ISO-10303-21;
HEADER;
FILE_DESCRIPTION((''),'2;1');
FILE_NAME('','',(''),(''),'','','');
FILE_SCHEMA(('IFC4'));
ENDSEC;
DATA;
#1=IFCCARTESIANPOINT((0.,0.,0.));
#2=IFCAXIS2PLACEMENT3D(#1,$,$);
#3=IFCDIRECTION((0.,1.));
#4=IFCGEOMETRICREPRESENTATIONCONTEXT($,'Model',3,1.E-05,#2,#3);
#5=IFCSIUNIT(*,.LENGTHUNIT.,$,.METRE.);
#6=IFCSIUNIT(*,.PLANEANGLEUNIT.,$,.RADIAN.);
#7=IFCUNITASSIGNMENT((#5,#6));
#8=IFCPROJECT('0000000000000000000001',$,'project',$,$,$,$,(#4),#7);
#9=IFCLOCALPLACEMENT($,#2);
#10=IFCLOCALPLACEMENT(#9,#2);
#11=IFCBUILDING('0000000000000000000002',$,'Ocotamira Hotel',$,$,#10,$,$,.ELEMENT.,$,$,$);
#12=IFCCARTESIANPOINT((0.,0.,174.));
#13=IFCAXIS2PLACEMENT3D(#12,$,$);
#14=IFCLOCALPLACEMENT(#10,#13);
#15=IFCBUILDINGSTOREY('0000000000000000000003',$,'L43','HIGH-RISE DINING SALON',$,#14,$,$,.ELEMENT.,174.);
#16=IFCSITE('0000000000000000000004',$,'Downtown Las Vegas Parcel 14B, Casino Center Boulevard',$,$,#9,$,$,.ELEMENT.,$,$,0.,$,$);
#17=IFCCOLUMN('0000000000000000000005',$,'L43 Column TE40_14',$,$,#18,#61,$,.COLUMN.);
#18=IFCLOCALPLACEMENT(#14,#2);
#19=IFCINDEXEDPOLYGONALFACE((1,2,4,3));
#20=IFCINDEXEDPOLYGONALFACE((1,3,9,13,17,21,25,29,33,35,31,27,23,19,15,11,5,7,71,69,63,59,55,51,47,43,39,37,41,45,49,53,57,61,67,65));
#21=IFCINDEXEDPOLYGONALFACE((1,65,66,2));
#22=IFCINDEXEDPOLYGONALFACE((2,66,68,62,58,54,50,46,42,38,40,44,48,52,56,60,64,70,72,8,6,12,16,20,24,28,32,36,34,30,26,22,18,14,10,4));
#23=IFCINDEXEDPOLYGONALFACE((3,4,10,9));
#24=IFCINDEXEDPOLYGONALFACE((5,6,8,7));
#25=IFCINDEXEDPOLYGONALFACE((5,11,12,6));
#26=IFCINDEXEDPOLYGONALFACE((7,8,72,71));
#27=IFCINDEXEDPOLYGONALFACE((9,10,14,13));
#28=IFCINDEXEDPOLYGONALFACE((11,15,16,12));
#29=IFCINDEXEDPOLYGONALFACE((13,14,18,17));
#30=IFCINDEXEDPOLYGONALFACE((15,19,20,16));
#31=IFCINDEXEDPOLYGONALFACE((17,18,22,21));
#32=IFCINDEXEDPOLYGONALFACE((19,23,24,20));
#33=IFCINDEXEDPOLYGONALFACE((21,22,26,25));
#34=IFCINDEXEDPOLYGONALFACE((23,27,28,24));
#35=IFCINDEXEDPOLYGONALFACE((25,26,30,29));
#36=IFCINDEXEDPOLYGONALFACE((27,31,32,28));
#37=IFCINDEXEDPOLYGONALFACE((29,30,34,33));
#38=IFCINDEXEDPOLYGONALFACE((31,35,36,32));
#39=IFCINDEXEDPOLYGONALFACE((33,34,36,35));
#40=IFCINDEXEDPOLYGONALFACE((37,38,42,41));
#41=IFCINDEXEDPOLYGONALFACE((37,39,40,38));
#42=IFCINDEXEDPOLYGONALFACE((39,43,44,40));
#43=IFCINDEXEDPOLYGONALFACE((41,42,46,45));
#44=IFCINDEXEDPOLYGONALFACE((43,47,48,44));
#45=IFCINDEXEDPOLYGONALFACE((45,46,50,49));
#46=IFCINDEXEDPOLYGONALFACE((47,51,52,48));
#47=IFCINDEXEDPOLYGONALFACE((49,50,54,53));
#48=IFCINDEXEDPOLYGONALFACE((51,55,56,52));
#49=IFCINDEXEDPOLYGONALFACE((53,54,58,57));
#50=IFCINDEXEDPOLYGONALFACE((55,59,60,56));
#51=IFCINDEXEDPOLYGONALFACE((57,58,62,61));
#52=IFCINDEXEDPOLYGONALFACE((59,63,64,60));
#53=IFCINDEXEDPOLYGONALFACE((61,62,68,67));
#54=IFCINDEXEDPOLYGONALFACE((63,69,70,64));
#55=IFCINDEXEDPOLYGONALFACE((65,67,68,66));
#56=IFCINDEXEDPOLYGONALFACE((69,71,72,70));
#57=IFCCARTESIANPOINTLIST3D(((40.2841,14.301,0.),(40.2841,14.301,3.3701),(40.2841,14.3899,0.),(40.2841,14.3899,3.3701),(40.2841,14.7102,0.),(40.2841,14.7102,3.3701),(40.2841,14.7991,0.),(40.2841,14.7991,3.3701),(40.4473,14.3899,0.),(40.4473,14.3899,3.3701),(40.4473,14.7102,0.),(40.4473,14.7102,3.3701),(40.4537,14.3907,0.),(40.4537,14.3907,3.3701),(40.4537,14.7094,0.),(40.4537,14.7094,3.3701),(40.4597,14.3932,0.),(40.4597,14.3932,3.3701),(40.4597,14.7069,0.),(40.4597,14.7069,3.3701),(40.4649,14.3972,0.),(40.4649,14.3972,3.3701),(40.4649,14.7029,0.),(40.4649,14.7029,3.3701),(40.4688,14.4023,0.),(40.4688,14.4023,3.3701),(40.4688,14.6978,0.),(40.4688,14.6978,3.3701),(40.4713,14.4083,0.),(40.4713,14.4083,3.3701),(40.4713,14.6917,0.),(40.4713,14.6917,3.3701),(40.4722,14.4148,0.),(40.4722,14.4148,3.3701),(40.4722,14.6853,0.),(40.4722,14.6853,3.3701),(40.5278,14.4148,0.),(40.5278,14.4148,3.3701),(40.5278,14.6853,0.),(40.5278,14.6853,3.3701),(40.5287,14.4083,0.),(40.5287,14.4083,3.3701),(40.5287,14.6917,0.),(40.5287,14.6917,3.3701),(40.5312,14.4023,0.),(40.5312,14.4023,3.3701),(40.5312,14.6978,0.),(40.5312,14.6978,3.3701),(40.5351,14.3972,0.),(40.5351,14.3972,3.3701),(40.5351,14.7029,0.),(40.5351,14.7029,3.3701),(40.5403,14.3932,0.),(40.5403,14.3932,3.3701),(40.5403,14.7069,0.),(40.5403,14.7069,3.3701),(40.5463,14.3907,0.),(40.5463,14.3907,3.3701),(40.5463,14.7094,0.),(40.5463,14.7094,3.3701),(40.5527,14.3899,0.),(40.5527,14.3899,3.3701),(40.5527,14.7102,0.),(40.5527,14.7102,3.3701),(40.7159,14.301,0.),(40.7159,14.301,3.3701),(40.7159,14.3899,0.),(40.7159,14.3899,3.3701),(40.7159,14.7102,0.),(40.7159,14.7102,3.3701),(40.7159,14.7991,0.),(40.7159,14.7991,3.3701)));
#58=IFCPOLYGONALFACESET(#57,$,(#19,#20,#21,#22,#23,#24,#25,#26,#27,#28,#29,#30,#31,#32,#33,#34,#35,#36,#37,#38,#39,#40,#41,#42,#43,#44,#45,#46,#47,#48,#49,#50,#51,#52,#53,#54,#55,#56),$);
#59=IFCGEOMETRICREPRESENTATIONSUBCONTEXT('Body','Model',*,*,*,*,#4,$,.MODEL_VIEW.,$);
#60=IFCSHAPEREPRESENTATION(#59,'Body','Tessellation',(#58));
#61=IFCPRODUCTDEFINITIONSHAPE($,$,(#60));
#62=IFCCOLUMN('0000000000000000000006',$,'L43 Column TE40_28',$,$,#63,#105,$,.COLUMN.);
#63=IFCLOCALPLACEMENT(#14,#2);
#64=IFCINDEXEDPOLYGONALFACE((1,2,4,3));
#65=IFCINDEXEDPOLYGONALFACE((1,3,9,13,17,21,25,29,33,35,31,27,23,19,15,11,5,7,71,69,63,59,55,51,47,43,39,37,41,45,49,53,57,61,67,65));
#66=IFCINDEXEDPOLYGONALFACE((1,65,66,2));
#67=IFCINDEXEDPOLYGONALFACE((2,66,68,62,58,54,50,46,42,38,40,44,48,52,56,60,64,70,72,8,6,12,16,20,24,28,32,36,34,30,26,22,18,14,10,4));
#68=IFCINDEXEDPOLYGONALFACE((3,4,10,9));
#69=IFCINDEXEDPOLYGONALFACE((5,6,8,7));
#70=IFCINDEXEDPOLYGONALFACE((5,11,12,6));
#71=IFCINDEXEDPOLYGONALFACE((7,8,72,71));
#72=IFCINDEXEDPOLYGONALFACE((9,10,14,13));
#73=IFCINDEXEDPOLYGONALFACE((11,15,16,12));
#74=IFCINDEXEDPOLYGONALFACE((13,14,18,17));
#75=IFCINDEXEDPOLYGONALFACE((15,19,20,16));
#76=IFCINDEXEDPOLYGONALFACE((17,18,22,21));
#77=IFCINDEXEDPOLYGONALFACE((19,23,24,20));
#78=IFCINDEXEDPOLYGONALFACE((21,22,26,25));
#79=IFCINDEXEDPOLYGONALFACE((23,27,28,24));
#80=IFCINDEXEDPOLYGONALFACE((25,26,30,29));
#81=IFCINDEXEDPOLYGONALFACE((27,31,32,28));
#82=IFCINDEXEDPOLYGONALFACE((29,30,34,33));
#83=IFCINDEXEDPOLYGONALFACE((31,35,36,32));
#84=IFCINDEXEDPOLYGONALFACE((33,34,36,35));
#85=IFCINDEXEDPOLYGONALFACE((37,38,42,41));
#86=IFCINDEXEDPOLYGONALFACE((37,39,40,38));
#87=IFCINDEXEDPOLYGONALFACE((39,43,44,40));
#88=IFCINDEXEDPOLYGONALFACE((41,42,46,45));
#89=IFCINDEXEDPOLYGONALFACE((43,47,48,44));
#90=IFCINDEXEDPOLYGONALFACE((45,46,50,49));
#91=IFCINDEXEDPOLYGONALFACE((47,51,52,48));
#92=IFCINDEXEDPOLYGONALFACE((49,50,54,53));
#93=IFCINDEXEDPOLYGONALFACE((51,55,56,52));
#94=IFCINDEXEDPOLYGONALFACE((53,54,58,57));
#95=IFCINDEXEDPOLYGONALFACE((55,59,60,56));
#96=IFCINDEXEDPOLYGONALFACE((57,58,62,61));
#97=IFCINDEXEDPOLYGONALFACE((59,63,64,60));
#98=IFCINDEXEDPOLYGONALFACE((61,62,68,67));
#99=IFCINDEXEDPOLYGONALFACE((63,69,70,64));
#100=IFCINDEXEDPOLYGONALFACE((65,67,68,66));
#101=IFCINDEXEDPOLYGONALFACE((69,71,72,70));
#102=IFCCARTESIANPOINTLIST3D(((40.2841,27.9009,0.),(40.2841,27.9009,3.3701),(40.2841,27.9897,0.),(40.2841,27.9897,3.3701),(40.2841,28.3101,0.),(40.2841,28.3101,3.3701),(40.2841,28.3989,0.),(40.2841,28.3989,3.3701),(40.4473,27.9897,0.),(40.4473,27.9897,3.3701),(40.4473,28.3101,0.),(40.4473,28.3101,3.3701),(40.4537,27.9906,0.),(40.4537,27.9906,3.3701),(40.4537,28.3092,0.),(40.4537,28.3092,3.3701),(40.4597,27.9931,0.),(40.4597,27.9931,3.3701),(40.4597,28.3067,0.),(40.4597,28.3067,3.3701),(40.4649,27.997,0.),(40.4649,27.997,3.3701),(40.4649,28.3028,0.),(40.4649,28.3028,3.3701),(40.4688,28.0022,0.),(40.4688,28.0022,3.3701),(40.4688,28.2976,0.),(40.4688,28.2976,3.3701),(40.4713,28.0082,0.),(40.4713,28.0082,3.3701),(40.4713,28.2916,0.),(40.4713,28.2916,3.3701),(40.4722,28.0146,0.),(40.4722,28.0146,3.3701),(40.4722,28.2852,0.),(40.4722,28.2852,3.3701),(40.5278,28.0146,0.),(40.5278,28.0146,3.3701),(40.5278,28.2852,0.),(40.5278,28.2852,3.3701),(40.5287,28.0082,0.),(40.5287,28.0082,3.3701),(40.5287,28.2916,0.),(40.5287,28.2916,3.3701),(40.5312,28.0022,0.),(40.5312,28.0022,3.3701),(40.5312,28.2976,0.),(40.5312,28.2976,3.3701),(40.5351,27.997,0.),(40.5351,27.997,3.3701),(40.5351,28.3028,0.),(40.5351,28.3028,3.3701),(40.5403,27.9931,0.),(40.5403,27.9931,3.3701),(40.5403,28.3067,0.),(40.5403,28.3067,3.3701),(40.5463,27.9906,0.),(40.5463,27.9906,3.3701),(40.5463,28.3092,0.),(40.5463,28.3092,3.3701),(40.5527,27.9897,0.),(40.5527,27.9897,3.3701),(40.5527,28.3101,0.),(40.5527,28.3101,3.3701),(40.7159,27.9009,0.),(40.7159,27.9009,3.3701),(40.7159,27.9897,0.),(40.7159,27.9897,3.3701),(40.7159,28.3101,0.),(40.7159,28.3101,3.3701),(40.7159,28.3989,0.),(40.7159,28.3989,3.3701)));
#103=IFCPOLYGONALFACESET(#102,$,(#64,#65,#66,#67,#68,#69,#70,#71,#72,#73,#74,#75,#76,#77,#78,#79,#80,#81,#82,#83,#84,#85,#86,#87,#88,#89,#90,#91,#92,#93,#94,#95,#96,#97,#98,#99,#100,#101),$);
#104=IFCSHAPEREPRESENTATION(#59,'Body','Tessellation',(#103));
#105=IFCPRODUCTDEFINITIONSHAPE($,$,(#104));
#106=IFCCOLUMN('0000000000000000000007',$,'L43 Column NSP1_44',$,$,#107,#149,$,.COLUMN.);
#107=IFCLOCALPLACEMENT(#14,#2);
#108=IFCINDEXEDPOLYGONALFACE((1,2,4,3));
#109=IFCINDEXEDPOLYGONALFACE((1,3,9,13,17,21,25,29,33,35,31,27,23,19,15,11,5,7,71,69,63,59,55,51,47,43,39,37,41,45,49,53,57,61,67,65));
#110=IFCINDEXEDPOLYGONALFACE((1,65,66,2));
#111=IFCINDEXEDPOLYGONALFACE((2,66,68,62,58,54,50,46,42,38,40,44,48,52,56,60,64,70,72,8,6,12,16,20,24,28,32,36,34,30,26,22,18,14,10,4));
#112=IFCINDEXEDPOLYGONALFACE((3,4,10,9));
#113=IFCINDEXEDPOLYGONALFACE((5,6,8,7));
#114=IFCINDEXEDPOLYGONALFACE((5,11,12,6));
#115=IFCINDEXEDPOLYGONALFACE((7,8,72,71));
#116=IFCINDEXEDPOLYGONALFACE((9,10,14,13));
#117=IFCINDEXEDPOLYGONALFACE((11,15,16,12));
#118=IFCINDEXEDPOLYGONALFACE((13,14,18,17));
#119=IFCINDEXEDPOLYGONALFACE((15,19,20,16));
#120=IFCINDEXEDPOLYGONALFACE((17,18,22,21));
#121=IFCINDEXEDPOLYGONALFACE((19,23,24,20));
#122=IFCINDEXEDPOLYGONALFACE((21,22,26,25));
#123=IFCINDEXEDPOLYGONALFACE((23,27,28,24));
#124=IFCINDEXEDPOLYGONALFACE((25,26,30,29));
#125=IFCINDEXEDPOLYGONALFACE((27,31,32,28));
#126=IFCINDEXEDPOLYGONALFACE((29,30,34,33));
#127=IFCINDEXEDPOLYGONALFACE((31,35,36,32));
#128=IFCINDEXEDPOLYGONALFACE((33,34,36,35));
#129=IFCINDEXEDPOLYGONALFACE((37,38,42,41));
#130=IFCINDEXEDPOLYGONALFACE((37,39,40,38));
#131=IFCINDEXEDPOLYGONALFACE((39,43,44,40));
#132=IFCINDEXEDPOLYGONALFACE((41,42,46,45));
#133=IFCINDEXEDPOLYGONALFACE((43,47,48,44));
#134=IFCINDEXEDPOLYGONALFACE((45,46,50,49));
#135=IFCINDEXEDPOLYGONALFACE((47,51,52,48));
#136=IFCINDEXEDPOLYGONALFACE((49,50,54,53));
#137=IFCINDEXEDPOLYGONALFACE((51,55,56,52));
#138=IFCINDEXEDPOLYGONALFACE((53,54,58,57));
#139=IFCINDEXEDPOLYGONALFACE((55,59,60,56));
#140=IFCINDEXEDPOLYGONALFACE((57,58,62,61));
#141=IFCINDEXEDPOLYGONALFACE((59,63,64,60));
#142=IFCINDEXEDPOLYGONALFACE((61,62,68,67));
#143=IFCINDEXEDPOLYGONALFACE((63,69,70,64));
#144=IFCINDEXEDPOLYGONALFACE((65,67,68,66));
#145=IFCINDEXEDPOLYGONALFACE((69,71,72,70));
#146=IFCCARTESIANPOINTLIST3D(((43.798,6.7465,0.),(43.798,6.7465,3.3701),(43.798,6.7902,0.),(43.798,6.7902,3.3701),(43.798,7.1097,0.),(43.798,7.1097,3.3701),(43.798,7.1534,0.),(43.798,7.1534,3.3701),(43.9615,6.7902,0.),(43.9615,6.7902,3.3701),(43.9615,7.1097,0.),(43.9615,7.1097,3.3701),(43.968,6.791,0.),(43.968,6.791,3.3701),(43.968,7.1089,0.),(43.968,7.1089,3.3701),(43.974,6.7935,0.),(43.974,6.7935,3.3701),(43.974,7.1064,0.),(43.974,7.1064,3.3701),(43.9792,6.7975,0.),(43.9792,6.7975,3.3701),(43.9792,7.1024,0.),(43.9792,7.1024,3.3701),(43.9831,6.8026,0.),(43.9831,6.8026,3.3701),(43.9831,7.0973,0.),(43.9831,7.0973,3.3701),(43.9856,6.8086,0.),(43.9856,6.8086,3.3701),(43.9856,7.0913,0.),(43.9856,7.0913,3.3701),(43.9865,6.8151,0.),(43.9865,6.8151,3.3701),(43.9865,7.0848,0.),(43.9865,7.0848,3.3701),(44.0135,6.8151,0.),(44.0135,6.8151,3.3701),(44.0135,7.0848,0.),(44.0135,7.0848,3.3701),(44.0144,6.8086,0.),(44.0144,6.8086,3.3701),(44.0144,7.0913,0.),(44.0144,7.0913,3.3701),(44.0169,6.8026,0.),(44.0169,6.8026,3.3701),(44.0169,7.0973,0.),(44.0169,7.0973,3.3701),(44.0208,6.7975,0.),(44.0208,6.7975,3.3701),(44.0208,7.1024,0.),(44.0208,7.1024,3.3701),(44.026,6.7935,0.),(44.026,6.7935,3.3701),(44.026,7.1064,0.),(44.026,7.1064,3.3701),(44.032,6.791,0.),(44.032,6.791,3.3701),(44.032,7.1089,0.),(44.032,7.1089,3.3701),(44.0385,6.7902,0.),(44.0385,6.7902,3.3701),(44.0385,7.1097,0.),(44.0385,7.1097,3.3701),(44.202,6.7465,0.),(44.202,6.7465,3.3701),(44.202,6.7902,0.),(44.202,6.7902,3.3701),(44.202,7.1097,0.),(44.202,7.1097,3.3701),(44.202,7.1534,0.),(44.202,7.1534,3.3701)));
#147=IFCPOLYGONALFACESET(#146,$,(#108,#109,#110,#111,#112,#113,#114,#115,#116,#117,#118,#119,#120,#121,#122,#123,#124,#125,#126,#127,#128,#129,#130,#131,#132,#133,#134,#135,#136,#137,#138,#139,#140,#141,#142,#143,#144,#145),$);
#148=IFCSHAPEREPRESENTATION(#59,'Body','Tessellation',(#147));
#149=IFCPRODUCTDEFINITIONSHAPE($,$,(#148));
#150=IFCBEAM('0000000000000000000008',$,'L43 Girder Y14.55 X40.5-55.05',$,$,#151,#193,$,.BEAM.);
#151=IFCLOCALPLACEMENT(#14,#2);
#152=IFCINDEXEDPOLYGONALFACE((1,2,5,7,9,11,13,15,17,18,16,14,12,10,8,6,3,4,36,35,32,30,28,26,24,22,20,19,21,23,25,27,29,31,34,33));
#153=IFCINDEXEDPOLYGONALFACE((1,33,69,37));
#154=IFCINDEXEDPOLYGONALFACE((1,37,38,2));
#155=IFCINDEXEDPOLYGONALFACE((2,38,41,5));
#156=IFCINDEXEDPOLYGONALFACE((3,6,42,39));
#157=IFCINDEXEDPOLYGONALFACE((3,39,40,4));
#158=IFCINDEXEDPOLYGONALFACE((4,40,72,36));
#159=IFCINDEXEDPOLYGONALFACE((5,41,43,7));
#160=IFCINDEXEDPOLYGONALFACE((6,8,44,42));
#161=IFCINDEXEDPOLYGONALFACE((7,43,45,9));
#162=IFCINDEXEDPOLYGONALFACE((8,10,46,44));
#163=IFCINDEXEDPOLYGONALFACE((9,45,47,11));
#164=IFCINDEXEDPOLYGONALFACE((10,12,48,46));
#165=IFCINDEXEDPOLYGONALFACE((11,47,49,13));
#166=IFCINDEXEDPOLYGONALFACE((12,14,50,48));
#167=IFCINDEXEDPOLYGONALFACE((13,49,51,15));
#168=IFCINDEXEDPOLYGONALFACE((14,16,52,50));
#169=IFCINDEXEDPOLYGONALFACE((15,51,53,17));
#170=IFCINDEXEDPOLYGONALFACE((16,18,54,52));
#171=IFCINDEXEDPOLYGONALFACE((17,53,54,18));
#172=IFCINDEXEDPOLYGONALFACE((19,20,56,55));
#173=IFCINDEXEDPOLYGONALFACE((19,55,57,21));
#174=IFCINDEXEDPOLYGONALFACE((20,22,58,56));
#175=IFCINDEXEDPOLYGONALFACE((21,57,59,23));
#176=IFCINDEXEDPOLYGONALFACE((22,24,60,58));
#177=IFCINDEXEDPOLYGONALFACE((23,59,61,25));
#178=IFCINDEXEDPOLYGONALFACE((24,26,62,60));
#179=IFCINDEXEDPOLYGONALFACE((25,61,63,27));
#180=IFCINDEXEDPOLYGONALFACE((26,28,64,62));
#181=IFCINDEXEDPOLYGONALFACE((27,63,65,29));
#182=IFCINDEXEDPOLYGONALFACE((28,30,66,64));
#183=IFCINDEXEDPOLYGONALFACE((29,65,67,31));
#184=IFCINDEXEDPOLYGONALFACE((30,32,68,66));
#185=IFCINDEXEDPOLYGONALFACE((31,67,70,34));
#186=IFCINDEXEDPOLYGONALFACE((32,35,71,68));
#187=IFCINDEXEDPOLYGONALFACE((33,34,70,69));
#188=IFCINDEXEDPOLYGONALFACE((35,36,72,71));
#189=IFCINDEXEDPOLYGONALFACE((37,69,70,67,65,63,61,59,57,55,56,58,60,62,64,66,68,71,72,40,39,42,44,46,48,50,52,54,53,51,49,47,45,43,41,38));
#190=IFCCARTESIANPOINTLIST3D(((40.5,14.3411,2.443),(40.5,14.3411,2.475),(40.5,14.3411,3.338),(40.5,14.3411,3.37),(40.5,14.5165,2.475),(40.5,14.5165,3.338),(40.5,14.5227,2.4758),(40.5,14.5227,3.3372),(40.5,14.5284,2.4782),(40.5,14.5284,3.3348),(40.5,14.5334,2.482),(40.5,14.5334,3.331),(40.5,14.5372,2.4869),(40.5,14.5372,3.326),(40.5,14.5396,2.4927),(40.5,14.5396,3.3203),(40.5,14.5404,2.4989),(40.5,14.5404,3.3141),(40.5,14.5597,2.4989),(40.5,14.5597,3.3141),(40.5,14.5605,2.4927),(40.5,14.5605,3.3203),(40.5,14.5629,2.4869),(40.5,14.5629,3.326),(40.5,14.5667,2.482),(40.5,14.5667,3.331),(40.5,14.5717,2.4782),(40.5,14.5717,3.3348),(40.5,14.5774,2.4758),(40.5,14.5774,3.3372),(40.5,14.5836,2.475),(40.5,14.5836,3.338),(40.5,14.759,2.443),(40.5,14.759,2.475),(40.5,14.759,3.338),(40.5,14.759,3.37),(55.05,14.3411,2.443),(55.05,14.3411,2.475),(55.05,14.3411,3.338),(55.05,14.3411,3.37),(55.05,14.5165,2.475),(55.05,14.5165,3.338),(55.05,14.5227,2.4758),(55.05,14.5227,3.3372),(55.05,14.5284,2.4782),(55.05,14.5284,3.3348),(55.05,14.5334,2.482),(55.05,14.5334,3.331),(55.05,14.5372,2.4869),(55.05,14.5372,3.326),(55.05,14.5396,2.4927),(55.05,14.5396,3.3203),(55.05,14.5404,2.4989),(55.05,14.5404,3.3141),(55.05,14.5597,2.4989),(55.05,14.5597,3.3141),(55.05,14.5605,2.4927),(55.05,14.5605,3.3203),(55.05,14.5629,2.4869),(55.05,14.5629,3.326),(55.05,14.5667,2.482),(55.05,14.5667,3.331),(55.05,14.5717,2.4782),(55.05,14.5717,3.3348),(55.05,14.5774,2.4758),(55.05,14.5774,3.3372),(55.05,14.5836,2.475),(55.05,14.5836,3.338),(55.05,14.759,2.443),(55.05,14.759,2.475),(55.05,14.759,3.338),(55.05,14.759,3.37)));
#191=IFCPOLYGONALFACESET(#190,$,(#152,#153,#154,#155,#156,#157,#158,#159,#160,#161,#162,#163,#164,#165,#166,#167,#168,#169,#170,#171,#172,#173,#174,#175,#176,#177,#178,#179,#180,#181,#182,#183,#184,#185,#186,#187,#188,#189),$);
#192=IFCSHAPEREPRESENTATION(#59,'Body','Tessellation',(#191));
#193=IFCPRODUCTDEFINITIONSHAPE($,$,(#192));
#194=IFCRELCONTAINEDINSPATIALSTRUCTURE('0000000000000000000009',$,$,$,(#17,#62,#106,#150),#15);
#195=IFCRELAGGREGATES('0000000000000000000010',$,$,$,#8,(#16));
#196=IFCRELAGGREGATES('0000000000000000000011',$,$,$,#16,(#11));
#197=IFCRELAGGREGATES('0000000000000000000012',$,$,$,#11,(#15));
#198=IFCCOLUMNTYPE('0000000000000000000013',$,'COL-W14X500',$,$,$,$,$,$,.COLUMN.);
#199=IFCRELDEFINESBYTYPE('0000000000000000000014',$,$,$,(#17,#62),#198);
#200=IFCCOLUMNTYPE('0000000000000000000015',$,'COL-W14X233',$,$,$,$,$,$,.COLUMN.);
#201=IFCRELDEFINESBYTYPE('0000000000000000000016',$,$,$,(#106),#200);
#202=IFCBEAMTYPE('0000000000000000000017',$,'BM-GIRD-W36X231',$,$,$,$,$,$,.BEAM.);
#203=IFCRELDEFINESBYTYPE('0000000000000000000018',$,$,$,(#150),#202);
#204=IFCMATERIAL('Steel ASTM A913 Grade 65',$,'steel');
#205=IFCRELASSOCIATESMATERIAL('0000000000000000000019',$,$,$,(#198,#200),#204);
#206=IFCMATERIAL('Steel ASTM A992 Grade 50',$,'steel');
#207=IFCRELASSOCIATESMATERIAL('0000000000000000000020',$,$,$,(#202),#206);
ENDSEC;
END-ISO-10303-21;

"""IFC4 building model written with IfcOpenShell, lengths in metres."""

from ifc_helpers import new_model, si_unit, direction, frame, origin, origin_2d, place, context, subcontext, project, spatial, i_section, extrude, source, transform, mapped, material, material_profile, profile_set, type_object, element, save


model = new_model("IFC4")

# Units and contexts
model_context = context("Model", 3, precision=1e-05, world=origin(), true_north=direction((0.0, 1.0)))
body_context = subcontext(model_context, "Body", "Model", "MODEL_VIEW")
ifc_project = project(units=[si_unit("LENGTHUNIT", "METRE"), si_unit("PLANEANGLEUNIT", "RADIAN")], contexts=[model_context])

# Site, building, storey
site_placement = place(None, origin())
site = spatial("IfcSite", under=ifc_project, at=site_placement, Name="Downtown Las Vegas Parcel 14B, Casino Center Boulevard", CompositionType="ELEMENT", RefElevation=0.0)
building_placement = place(site_placement, origin())
building = spatial("IfcBuilding", under=site, at=building_placement, Name="Ocotamira Hotel", CompositionType="ELEMENT")
storey_placement = place(building_placement, frame((0.0, 0.0, 174.0)))
storey = spatial("IfcBuildingStorey", under=building, at=storey_placement, Name="L43", Description="HIGH-RISE DINING SALON", CompositionType="ELEMENT", Elevation=174.0)

# Columns
ifc_material_1 = material(Name="Steel ASTM A913 Grade 65", Category="steel")
ifc_material_profile_1 = material_profile(ifc_material_1, i_section(OverallWidth=0.4319, OverallDepth=0.498, WebThickness=0.0557, FlangeThickness=0.0889, FilletRadius=0.0249, at=origin_2d()), Name="W14X500")
ifc_profile_set_1 = profile_set([ifc_material_profile_1], Name="Steel ASTM A913 Grade 65")
column_type_1 = type_object("IfcColumnType", Name="COL-W14X500", PredefinedType="COLUMN", material=ifc_profile_set_1)
shared_shape_1 = source(origin(), body_context, "Body", "SweptSolid", [
    extrude(i_section(OverallWidth=0.4319, OverallDepth=0.498, WebThickness=0.0557, FlangeThickness=0.0889, FilletRadius=0.0249, at=origin_2d()), origin(), (0.0, 0.0, 1.0), 3.3701),
])
for number, where, z_axis, x_axis, name in (
    (1, (40.5, 14.55, 0.0), (0.0, 0.0, 1.0), (1.0, 0.0, 0.0), "L43 Column TE40_14"),
    (2, (40.5, 28.1499, 0.0), (0.0, 0.0, 1.0), (1.0, 0.0, 0.0), "L43 Column TE40_28"),
):
    element("IfcColumn", number, at=place(storey_placement, frame(where, z_axis=z_axis, x_axis=x_axis)), inside=storey, type_object=column_type_1, Name=name, PredefinedType="COLUMN", context=body_context, shape_type="MappedRepresentation", body=[
        mapped(shared_shape_1, transform((0.0, 0.0, 0.0), scale=1.0)),
    ])
ifc_material_profile_2 = material_profile(ifc_material_1, i_section(OverallWidth=0.4041, OverallDepth=0.407, WebThickness=0.0271, FlangeThickness=0.0437, FilletRadius=0.0249, at=origin_2d()), Name="W14X233")
ifc_profile_set_2 = profile_set([ifc_material_profile_2], Name="Steel ASTM A913 Grade 65")
column_type_2 = type_object("IfcColumnType", Name="COL-W14X233", PredefinedType="COLUMN", material=ifc_profile_set_2)
shared_shape_2 = source(origin(), body_context, "Body", "SweptSolid", [
    extrude(i_section(OverallWidth=0.4041, OverallDepth=0.407, WebThickness=0.0271, FlangeThickness=0.0437, FilletRadius=0.0249, at=origin_2d()), origin(), (0.0, 0.0, 1.0), 3.3701),
])
column_placement = place(storey_placement, frame((44.0, 6.95, 0.0), z_axis=(0.0, 0.0, 1.0), x_axis=(1.0, 0.0, 0.0)))
element("IfcColumn", 3, at=column_placement, inside=storey, type_object=column_type_2, Name="L43 Column NSP1_44", PredefinedType="COLUMN", context=body_context, shape_type="MappedRepresentation", body=[
    mapped(shared_shape_2, transform((0.0, 0.0, 0.0), scale=1.0)),
])

# Beam
ifc_material_2 = material(Name="Steel ASTM A992 Grade 50", Category="steel")
ifc_material_profile_3 = material_profile(ifc_material_2, i_section(OverallWidth=0.418, OverallDepth=0.927, WebThickness=0.0193, FlangeThickness=0.032, FilletRadius=0.0239, at=origin_2d()), Name="W36X231")
ifc_profile_set_3 = profile_set([ifc_material_profile_3], Name="Steel ASTM A992 Grade 50")
beam_type_1 = type_object("IfcBeamType", Name="BM-GIRD-W36X231", PredefinedType="BEAM", material=ifc_profile_set_3)
shared_shape_3 = source(origin(), body_context, "Body", "SweptSolid", [
    extrude(i_section(OverallWidth=0.418, OverallDepth=0.927, WebThickness=0.0193, FlangeThickness=0.032, FilletRadius=0.0239, at=origin_2d()), origin(), (0.0, 0.0, 1.0), 14.55),
])
for number, where, z_axis, x_axis, name in (
    (4, (40.5, 14.55, 2.9065), (1.0, 0.0, 0.0), (0.0, 1.0, 0.0), "L43 Girder Y14.55 X40.5-55.05"),
):
    element("IfcBeam", number, at=place(storey_placement, frame(where, z_axis=z_axis, x_axis=x_axis)), inside=storey, type_object=beam_type_1, Name=name, PredefinedType="BEAM", context=body_context, shape_type="MappedRepresentation", body=[
        mapped(shared_shape_3, transform((0.0, 0.0, 0.0), scale=1.0)),
    ])

save(model, "model.ifc")
